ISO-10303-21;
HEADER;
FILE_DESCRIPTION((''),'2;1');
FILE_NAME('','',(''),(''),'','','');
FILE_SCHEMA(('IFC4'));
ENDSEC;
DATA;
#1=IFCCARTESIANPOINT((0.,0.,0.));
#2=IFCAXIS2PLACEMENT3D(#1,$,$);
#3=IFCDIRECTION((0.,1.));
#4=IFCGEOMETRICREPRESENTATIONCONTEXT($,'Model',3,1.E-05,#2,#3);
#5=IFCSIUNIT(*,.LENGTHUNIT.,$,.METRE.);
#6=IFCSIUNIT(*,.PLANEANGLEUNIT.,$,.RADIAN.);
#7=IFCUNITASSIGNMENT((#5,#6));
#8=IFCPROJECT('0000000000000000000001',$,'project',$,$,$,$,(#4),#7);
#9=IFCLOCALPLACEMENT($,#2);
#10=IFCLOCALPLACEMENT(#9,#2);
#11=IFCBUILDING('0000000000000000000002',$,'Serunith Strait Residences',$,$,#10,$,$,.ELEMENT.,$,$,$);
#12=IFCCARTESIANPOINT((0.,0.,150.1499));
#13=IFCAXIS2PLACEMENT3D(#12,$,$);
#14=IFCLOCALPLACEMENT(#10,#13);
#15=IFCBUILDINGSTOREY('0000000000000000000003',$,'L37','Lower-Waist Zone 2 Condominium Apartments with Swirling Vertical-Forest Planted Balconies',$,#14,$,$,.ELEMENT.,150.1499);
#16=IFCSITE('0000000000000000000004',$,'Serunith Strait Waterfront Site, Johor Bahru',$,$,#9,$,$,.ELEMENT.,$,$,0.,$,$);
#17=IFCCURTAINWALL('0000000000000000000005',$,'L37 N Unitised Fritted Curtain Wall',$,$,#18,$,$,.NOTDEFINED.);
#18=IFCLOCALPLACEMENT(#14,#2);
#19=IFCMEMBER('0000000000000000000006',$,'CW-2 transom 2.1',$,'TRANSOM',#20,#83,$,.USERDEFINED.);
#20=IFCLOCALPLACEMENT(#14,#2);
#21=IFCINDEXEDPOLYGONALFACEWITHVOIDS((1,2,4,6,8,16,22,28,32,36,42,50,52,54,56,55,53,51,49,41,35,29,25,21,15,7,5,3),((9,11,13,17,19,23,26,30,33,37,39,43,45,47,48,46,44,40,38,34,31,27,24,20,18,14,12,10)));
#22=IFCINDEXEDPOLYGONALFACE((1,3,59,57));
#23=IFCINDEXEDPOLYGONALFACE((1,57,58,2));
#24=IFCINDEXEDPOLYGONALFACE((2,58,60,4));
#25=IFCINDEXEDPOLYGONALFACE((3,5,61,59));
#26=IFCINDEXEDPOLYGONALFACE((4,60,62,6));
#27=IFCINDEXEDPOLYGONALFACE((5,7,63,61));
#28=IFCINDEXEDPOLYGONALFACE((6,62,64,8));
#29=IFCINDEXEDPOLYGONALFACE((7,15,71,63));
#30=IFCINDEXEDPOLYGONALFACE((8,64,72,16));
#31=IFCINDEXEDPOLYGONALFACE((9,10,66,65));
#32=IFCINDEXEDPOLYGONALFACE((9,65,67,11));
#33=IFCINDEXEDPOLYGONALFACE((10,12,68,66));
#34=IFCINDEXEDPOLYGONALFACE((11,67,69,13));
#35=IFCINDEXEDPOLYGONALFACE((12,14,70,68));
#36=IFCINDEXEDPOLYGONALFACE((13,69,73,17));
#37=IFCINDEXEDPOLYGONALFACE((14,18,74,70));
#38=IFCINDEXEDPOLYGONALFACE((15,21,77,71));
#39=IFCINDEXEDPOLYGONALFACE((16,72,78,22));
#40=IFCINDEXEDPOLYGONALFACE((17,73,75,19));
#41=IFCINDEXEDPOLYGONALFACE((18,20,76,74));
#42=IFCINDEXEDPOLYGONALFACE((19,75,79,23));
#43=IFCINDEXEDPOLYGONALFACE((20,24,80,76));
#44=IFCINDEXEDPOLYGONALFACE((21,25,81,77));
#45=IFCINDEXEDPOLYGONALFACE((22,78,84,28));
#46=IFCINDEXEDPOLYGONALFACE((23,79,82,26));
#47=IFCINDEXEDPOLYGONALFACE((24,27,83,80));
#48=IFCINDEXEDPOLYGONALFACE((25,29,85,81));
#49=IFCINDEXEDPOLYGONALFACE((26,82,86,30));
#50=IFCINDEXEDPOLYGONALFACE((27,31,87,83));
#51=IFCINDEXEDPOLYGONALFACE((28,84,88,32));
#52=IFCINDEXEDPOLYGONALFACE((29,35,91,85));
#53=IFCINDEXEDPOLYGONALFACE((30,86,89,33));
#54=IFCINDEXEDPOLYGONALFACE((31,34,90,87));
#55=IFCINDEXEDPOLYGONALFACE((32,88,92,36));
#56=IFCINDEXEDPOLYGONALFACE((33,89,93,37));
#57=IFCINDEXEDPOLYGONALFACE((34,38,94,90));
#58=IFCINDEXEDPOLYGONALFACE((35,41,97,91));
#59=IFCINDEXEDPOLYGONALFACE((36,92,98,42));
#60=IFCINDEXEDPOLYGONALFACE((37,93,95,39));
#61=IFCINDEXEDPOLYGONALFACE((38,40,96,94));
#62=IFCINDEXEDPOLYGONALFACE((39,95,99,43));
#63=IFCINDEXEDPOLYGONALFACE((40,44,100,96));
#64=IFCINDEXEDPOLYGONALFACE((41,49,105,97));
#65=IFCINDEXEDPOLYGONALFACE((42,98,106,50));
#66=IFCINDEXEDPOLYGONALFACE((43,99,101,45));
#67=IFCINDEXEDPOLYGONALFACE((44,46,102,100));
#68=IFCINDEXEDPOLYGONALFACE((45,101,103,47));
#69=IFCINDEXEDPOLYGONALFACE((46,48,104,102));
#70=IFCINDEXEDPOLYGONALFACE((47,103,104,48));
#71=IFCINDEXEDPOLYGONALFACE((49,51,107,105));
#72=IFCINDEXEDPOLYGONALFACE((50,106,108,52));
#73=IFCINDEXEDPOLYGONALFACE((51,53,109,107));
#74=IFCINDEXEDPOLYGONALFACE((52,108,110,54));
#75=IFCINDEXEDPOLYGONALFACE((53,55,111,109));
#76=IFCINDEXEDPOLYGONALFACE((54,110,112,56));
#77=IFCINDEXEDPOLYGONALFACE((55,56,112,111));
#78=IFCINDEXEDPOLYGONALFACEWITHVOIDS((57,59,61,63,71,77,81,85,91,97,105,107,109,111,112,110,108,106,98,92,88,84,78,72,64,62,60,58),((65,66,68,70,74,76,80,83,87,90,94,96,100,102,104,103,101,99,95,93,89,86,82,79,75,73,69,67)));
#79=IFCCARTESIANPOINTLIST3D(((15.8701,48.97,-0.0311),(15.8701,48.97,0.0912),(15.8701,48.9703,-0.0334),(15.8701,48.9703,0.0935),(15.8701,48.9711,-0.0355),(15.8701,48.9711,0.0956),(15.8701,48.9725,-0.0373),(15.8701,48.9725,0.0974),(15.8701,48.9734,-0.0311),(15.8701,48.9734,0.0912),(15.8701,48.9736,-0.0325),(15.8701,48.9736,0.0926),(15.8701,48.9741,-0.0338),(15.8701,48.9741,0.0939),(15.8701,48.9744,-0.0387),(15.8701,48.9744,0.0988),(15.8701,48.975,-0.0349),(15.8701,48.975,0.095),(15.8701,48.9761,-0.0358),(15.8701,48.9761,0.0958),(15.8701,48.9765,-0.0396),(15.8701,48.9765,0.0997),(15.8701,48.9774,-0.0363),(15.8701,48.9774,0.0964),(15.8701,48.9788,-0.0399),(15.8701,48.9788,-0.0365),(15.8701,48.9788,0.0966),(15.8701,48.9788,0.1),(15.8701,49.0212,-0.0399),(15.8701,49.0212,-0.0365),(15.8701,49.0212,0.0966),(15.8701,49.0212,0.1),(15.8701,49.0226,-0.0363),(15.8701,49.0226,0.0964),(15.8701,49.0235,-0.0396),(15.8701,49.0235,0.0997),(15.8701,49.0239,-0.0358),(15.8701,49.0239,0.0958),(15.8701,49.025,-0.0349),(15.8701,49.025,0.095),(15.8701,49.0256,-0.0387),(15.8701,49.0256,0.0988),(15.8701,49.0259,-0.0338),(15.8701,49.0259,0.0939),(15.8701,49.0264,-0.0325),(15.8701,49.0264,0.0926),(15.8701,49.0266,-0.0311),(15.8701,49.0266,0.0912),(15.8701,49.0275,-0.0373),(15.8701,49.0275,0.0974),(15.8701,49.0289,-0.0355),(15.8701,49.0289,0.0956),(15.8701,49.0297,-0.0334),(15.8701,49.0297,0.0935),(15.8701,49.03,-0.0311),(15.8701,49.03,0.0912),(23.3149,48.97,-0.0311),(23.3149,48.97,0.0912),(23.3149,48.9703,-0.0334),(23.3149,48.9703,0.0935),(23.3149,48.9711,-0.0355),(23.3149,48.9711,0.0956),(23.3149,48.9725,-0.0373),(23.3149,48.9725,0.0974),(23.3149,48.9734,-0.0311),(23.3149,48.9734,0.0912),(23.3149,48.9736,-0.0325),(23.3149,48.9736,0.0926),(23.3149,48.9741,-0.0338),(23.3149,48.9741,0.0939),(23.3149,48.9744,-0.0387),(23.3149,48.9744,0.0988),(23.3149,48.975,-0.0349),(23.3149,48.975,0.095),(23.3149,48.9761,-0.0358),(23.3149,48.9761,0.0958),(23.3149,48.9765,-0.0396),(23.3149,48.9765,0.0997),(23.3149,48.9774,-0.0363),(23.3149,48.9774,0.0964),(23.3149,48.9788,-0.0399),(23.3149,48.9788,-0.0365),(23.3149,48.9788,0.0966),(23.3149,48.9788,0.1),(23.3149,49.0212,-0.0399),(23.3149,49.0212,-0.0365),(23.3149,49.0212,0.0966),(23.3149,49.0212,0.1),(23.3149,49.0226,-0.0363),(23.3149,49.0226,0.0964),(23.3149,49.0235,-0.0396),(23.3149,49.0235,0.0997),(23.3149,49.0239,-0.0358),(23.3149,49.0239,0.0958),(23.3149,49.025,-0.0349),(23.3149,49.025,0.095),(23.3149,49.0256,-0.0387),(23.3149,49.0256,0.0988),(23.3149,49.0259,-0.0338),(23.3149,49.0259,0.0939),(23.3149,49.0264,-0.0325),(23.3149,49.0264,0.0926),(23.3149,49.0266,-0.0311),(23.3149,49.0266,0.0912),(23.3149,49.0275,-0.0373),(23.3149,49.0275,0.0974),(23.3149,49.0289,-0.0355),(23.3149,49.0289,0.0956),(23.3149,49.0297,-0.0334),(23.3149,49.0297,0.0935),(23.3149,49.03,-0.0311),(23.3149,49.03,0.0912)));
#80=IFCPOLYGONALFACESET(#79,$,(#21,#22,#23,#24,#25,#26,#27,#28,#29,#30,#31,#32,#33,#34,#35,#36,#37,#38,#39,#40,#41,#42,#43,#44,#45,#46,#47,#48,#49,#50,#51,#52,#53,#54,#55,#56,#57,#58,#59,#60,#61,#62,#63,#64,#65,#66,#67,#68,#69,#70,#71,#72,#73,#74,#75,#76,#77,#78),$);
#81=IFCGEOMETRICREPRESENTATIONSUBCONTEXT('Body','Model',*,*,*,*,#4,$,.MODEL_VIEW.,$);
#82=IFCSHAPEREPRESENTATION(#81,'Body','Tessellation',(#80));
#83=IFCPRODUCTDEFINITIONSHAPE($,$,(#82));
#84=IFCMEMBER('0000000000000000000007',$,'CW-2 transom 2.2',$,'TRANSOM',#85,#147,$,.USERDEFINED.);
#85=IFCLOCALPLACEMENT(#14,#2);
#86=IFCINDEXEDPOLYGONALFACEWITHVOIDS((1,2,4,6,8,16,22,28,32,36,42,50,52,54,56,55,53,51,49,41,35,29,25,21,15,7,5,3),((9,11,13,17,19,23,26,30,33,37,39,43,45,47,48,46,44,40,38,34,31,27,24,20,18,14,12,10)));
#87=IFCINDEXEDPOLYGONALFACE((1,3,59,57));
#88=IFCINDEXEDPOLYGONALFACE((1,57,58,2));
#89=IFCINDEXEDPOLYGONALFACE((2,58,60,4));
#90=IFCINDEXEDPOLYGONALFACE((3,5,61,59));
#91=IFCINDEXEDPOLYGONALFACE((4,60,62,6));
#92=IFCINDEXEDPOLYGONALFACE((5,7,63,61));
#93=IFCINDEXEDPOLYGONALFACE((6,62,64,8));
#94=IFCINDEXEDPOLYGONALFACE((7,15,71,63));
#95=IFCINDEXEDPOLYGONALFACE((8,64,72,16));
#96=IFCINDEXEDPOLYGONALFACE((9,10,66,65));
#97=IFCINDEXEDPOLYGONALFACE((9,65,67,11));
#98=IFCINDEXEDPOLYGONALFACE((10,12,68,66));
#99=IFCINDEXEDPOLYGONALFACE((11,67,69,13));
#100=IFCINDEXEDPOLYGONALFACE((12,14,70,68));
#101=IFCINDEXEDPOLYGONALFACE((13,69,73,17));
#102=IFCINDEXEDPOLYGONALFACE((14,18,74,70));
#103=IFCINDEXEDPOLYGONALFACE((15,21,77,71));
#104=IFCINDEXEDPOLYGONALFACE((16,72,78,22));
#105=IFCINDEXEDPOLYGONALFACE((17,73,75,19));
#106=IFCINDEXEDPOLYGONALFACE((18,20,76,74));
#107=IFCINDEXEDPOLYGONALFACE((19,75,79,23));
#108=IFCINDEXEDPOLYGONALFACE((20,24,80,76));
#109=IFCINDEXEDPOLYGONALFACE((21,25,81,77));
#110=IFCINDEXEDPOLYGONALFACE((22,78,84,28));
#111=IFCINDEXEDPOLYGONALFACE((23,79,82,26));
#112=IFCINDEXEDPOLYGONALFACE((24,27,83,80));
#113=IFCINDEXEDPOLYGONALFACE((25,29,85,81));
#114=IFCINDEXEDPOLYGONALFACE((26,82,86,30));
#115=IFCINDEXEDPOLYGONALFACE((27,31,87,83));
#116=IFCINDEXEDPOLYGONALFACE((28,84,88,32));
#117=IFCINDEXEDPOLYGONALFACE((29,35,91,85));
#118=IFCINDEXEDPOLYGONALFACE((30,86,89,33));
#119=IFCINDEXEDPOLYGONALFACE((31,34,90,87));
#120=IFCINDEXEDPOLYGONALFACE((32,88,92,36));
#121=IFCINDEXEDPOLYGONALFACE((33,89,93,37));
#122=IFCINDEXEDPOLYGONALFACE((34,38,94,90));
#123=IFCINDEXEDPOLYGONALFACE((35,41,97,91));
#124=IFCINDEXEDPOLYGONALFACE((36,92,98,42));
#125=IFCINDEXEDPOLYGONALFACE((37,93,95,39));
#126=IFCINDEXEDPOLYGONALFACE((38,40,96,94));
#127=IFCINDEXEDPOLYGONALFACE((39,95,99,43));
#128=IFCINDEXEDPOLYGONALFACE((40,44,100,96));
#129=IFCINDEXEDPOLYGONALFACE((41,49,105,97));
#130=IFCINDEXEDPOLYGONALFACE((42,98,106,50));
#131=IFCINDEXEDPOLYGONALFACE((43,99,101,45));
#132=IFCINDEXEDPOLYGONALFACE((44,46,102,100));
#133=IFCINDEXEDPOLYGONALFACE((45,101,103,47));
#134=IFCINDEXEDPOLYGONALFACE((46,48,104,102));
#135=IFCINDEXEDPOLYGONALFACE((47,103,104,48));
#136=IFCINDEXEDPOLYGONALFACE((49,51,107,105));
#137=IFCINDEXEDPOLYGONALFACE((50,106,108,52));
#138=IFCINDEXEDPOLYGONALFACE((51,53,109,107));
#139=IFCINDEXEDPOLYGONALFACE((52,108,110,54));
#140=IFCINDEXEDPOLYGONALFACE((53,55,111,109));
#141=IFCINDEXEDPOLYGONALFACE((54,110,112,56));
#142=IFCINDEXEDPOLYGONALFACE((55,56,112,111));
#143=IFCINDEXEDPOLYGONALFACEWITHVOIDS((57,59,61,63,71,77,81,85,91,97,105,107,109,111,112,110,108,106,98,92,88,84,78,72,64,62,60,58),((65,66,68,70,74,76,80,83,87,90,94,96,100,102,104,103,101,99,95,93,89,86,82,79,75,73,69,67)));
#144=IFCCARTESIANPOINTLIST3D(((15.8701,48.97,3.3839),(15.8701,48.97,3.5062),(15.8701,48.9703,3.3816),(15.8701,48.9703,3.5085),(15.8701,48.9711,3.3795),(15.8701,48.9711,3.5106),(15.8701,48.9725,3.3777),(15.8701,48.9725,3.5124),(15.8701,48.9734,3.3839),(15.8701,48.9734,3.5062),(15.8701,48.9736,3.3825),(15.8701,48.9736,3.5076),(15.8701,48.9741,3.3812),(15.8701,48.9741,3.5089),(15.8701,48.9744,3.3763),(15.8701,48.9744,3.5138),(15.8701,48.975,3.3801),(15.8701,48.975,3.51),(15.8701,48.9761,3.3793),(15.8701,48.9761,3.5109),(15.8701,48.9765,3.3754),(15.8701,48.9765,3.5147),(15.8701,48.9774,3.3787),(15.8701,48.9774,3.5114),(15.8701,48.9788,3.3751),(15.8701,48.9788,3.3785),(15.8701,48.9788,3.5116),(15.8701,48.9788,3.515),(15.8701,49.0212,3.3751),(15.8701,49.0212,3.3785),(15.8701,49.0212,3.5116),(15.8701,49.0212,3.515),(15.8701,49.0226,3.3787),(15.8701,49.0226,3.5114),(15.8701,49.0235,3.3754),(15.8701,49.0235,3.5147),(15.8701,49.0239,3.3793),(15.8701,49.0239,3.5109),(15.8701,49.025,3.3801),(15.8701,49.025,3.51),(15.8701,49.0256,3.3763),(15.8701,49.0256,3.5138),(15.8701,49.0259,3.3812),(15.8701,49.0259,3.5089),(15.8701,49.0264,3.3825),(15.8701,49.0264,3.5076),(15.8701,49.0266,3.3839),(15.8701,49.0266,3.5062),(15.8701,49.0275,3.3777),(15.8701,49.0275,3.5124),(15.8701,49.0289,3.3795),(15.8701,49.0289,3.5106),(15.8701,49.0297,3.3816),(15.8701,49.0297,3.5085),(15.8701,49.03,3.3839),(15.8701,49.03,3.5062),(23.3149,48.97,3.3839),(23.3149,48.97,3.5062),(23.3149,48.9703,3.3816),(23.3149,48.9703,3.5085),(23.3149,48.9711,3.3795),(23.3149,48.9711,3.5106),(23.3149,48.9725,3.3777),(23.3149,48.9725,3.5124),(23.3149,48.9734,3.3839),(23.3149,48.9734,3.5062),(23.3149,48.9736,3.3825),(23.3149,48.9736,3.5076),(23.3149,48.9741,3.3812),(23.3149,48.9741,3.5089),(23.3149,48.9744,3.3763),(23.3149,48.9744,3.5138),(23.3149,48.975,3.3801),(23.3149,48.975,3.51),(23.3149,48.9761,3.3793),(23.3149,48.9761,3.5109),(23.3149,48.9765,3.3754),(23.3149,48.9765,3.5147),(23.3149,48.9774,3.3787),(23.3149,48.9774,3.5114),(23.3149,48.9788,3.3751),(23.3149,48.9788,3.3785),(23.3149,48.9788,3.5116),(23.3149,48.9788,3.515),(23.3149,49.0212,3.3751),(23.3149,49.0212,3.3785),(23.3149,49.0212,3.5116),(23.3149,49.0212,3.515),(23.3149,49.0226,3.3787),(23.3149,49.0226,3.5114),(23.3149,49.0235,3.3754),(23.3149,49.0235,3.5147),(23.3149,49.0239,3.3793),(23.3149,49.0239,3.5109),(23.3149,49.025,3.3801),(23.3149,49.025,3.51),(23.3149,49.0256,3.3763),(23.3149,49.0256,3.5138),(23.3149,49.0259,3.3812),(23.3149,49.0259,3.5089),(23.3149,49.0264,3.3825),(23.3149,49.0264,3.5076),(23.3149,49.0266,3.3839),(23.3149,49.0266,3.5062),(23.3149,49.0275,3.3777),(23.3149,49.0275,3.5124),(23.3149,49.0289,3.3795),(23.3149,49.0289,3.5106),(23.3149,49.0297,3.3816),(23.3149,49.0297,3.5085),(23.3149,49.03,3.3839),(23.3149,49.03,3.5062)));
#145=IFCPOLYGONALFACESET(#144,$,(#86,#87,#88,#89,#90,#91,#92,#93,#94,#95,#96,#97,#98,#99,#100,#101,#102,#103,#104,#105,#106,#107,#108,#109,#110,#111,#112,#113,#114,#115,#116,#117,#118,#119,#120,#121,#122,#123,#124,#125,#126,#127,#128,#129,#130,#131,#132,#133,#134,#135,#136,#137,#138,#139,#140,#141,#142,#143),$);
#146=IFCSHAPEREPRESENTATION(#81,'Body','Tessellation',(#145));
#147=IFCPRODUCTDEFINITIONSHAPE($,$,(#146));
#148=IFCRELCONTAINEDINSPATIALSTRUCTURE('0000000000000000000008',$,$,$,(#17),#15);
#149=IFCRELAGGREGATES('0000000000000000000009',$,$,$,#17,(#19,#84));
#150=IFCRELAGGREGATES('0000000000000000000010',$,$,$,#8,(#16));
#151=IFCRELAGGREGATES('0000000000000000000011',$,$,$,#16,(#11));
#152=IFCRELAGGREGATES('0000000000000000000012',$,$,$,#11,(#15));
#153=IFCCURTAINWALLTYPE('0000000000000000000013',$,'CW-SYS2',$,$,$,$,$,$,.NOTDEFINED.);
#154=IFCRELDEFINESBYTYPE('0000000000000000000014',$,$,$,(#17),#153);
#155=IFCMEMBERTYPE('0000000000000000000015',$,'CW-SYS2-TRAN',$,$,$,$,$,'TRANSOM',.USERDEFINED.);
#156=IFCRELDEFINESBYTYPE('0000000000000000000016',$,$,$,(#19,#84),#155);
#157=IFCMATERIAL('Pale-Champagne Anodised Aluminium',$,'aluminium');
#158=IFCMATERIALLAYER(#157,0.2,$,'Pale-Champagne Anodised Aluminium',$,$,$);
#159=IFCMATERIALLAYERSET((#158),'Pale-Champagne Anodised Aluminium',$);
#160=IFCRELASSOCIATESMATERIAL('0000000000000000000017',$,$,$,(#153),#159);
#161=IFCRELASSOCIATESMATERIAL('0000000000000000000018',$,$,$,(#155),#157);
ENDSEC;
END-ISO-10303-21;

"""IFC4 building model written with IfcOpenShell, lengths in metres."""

from ifc_helpers import new_model, si_unit, direction, frame, origin, origin_2d, place, context, subcontext, project, spatial, hollow_rectangle, extrude, source, transform, mapped, material, layer, layer_set, material_profile, profile_set, type_object, element, aggregate, save


model = new_model("IFC4")

# Units and contexts
model_context = context("Model", 3, precision=1e-05, world=origin(), true_north=direction((0.0, 1.0)))
body_context = subcontext(model_context, "Body", "Model", "MODEL_VIEW")
ifc_project = project(units=[si_unit("LENGTHUNIT", "METRE"), si_unit("PLANEANGLEUNIT", "RADIAN")], contexts=[model_context])

# Site, building, storey
site_placement = place(None, origin())
site = spatial("IfcSite", under=ifc_project, at=site_placement, Name="Serunith Strait Waterfront Site, Johor Bahru", CompositionType="ELEMENT", RefElevation=0.0)
building_placement = place(site_placement, origin())
building = spatial("IfcBuilding", under=site, at=building_placement, Name="Serunith Strait Residences", CompositionType="ELEMENT")
storey_placement = place(building_placement, frame((0.0, 0.0, 150.1499)))
storey = spatial("IfcBuildingStorey", under=building, at=storey_placement, Name="L37", Description="Lower-Waist Zone 2 Condominium Apartments with Swirling Vertical-Forest Planted Balconies", CompositionType="ELEMENT", Elevation=150.1499)

# Curtain wall, members
ifc_material_1 = material(Name="Pale-Champagne Anodised Aluminium", Category="aluminium")
ifc_layer_1 = layer(ifc_material_1, 0.2, Name="Pale-Champagne Anodised Aluminium")
ifc_layer_set_1 = layer_set([ifc_layer_1], Name="Pale-Champagne Anodised Aluminium")
curtain_wall_type = type_object("IfcCurtainWallType", Name="CW-SYS2", PredefinedType="NOTDEFINED", material=ifc_layer_set_1)
curtain_wall_placement = place(storey_placement, origin())
curtain_wall = element("IfcCurtainWall", 1, at=curtain_wall_placement, inside=storey, type_object=curtain_wall_type, Name="L37 N Unitised Fritted Curtain Wall", PredefinedType="NOTDEFINED")
ifc_material_profile_1 = material_profile(ifc_material_1, hollow_rectangle(XDim=0.0601, YDim=0.1399, WallThickness=0.0034, InnerFilletRadius=0.0054, OuterFilletRadius=0.0088, at=origin_2d()), Name="ALU 140x60x3.5")
ifc_profile_set_1 = profile_set([ifc_material_profile_1], Name="Pale-Champagne Anodised Aluminium")
member_type_1 = type_object("IfcMemberType", Name="CW-SYS2-TRAN", ElementType="TRANSOM", PredefinedType="USERDEFINED", material=ifc_profile_set_1)
shared_shape_1 = source(origin(), body_context, "Body", "SweptSolid", [
    extrude(hollow_rectangle(XDim=0.0601, YDim=0.1399, WallThickness=0.0034, InnerFilletRadius=0.0054, OuterFilletRadius=0.0088, at=origin_2d()), origin(), (0.0, 0.0, 1.0), 7.4448),
])
member_1_placement = place(storey_placement, frame((23.3149, 49.0, 0.03), z_axis=(-1.0, 0.0, 0.0), x_axis=(0.0, -1.0, 0.0)))
member_1 = element("IfcMember", 2, at=member_1_placement, type_object=member_type_1, Name="CW-2 transom 2.1", ObjectType="TRANSOM", PredefinedType="USERDEFINED", context=body_context, shape_type="MappedRepresentation", body=[
    mapped(shared_shape_1, transform((0.0, 0.0, 0.0), scale=1.0)),
])
member_2_placement = place(storey_placement, frame((23.3149, 49.0, 3.4451), z_axis=(-1.0, 0.0, 0.0), x_axis=(0.0, -1.0, 0.0)))
member_2 = element("IfcMember", 3, at=member_2_placement, type_object=member_type_1, Name="CW-2 transom 2.2", ObjectType="TRANSOM", PredefinedType="USERDEFINED", context=body_context, shape_type="MappedRepresentation", body=[
    mapped(shared_shape_1, transform((0.0, 0.0, 0.0), scale=1.0)),
])
aggregate(curtain_wall, [member_1, member_2])

save(model, "model.ifc")
